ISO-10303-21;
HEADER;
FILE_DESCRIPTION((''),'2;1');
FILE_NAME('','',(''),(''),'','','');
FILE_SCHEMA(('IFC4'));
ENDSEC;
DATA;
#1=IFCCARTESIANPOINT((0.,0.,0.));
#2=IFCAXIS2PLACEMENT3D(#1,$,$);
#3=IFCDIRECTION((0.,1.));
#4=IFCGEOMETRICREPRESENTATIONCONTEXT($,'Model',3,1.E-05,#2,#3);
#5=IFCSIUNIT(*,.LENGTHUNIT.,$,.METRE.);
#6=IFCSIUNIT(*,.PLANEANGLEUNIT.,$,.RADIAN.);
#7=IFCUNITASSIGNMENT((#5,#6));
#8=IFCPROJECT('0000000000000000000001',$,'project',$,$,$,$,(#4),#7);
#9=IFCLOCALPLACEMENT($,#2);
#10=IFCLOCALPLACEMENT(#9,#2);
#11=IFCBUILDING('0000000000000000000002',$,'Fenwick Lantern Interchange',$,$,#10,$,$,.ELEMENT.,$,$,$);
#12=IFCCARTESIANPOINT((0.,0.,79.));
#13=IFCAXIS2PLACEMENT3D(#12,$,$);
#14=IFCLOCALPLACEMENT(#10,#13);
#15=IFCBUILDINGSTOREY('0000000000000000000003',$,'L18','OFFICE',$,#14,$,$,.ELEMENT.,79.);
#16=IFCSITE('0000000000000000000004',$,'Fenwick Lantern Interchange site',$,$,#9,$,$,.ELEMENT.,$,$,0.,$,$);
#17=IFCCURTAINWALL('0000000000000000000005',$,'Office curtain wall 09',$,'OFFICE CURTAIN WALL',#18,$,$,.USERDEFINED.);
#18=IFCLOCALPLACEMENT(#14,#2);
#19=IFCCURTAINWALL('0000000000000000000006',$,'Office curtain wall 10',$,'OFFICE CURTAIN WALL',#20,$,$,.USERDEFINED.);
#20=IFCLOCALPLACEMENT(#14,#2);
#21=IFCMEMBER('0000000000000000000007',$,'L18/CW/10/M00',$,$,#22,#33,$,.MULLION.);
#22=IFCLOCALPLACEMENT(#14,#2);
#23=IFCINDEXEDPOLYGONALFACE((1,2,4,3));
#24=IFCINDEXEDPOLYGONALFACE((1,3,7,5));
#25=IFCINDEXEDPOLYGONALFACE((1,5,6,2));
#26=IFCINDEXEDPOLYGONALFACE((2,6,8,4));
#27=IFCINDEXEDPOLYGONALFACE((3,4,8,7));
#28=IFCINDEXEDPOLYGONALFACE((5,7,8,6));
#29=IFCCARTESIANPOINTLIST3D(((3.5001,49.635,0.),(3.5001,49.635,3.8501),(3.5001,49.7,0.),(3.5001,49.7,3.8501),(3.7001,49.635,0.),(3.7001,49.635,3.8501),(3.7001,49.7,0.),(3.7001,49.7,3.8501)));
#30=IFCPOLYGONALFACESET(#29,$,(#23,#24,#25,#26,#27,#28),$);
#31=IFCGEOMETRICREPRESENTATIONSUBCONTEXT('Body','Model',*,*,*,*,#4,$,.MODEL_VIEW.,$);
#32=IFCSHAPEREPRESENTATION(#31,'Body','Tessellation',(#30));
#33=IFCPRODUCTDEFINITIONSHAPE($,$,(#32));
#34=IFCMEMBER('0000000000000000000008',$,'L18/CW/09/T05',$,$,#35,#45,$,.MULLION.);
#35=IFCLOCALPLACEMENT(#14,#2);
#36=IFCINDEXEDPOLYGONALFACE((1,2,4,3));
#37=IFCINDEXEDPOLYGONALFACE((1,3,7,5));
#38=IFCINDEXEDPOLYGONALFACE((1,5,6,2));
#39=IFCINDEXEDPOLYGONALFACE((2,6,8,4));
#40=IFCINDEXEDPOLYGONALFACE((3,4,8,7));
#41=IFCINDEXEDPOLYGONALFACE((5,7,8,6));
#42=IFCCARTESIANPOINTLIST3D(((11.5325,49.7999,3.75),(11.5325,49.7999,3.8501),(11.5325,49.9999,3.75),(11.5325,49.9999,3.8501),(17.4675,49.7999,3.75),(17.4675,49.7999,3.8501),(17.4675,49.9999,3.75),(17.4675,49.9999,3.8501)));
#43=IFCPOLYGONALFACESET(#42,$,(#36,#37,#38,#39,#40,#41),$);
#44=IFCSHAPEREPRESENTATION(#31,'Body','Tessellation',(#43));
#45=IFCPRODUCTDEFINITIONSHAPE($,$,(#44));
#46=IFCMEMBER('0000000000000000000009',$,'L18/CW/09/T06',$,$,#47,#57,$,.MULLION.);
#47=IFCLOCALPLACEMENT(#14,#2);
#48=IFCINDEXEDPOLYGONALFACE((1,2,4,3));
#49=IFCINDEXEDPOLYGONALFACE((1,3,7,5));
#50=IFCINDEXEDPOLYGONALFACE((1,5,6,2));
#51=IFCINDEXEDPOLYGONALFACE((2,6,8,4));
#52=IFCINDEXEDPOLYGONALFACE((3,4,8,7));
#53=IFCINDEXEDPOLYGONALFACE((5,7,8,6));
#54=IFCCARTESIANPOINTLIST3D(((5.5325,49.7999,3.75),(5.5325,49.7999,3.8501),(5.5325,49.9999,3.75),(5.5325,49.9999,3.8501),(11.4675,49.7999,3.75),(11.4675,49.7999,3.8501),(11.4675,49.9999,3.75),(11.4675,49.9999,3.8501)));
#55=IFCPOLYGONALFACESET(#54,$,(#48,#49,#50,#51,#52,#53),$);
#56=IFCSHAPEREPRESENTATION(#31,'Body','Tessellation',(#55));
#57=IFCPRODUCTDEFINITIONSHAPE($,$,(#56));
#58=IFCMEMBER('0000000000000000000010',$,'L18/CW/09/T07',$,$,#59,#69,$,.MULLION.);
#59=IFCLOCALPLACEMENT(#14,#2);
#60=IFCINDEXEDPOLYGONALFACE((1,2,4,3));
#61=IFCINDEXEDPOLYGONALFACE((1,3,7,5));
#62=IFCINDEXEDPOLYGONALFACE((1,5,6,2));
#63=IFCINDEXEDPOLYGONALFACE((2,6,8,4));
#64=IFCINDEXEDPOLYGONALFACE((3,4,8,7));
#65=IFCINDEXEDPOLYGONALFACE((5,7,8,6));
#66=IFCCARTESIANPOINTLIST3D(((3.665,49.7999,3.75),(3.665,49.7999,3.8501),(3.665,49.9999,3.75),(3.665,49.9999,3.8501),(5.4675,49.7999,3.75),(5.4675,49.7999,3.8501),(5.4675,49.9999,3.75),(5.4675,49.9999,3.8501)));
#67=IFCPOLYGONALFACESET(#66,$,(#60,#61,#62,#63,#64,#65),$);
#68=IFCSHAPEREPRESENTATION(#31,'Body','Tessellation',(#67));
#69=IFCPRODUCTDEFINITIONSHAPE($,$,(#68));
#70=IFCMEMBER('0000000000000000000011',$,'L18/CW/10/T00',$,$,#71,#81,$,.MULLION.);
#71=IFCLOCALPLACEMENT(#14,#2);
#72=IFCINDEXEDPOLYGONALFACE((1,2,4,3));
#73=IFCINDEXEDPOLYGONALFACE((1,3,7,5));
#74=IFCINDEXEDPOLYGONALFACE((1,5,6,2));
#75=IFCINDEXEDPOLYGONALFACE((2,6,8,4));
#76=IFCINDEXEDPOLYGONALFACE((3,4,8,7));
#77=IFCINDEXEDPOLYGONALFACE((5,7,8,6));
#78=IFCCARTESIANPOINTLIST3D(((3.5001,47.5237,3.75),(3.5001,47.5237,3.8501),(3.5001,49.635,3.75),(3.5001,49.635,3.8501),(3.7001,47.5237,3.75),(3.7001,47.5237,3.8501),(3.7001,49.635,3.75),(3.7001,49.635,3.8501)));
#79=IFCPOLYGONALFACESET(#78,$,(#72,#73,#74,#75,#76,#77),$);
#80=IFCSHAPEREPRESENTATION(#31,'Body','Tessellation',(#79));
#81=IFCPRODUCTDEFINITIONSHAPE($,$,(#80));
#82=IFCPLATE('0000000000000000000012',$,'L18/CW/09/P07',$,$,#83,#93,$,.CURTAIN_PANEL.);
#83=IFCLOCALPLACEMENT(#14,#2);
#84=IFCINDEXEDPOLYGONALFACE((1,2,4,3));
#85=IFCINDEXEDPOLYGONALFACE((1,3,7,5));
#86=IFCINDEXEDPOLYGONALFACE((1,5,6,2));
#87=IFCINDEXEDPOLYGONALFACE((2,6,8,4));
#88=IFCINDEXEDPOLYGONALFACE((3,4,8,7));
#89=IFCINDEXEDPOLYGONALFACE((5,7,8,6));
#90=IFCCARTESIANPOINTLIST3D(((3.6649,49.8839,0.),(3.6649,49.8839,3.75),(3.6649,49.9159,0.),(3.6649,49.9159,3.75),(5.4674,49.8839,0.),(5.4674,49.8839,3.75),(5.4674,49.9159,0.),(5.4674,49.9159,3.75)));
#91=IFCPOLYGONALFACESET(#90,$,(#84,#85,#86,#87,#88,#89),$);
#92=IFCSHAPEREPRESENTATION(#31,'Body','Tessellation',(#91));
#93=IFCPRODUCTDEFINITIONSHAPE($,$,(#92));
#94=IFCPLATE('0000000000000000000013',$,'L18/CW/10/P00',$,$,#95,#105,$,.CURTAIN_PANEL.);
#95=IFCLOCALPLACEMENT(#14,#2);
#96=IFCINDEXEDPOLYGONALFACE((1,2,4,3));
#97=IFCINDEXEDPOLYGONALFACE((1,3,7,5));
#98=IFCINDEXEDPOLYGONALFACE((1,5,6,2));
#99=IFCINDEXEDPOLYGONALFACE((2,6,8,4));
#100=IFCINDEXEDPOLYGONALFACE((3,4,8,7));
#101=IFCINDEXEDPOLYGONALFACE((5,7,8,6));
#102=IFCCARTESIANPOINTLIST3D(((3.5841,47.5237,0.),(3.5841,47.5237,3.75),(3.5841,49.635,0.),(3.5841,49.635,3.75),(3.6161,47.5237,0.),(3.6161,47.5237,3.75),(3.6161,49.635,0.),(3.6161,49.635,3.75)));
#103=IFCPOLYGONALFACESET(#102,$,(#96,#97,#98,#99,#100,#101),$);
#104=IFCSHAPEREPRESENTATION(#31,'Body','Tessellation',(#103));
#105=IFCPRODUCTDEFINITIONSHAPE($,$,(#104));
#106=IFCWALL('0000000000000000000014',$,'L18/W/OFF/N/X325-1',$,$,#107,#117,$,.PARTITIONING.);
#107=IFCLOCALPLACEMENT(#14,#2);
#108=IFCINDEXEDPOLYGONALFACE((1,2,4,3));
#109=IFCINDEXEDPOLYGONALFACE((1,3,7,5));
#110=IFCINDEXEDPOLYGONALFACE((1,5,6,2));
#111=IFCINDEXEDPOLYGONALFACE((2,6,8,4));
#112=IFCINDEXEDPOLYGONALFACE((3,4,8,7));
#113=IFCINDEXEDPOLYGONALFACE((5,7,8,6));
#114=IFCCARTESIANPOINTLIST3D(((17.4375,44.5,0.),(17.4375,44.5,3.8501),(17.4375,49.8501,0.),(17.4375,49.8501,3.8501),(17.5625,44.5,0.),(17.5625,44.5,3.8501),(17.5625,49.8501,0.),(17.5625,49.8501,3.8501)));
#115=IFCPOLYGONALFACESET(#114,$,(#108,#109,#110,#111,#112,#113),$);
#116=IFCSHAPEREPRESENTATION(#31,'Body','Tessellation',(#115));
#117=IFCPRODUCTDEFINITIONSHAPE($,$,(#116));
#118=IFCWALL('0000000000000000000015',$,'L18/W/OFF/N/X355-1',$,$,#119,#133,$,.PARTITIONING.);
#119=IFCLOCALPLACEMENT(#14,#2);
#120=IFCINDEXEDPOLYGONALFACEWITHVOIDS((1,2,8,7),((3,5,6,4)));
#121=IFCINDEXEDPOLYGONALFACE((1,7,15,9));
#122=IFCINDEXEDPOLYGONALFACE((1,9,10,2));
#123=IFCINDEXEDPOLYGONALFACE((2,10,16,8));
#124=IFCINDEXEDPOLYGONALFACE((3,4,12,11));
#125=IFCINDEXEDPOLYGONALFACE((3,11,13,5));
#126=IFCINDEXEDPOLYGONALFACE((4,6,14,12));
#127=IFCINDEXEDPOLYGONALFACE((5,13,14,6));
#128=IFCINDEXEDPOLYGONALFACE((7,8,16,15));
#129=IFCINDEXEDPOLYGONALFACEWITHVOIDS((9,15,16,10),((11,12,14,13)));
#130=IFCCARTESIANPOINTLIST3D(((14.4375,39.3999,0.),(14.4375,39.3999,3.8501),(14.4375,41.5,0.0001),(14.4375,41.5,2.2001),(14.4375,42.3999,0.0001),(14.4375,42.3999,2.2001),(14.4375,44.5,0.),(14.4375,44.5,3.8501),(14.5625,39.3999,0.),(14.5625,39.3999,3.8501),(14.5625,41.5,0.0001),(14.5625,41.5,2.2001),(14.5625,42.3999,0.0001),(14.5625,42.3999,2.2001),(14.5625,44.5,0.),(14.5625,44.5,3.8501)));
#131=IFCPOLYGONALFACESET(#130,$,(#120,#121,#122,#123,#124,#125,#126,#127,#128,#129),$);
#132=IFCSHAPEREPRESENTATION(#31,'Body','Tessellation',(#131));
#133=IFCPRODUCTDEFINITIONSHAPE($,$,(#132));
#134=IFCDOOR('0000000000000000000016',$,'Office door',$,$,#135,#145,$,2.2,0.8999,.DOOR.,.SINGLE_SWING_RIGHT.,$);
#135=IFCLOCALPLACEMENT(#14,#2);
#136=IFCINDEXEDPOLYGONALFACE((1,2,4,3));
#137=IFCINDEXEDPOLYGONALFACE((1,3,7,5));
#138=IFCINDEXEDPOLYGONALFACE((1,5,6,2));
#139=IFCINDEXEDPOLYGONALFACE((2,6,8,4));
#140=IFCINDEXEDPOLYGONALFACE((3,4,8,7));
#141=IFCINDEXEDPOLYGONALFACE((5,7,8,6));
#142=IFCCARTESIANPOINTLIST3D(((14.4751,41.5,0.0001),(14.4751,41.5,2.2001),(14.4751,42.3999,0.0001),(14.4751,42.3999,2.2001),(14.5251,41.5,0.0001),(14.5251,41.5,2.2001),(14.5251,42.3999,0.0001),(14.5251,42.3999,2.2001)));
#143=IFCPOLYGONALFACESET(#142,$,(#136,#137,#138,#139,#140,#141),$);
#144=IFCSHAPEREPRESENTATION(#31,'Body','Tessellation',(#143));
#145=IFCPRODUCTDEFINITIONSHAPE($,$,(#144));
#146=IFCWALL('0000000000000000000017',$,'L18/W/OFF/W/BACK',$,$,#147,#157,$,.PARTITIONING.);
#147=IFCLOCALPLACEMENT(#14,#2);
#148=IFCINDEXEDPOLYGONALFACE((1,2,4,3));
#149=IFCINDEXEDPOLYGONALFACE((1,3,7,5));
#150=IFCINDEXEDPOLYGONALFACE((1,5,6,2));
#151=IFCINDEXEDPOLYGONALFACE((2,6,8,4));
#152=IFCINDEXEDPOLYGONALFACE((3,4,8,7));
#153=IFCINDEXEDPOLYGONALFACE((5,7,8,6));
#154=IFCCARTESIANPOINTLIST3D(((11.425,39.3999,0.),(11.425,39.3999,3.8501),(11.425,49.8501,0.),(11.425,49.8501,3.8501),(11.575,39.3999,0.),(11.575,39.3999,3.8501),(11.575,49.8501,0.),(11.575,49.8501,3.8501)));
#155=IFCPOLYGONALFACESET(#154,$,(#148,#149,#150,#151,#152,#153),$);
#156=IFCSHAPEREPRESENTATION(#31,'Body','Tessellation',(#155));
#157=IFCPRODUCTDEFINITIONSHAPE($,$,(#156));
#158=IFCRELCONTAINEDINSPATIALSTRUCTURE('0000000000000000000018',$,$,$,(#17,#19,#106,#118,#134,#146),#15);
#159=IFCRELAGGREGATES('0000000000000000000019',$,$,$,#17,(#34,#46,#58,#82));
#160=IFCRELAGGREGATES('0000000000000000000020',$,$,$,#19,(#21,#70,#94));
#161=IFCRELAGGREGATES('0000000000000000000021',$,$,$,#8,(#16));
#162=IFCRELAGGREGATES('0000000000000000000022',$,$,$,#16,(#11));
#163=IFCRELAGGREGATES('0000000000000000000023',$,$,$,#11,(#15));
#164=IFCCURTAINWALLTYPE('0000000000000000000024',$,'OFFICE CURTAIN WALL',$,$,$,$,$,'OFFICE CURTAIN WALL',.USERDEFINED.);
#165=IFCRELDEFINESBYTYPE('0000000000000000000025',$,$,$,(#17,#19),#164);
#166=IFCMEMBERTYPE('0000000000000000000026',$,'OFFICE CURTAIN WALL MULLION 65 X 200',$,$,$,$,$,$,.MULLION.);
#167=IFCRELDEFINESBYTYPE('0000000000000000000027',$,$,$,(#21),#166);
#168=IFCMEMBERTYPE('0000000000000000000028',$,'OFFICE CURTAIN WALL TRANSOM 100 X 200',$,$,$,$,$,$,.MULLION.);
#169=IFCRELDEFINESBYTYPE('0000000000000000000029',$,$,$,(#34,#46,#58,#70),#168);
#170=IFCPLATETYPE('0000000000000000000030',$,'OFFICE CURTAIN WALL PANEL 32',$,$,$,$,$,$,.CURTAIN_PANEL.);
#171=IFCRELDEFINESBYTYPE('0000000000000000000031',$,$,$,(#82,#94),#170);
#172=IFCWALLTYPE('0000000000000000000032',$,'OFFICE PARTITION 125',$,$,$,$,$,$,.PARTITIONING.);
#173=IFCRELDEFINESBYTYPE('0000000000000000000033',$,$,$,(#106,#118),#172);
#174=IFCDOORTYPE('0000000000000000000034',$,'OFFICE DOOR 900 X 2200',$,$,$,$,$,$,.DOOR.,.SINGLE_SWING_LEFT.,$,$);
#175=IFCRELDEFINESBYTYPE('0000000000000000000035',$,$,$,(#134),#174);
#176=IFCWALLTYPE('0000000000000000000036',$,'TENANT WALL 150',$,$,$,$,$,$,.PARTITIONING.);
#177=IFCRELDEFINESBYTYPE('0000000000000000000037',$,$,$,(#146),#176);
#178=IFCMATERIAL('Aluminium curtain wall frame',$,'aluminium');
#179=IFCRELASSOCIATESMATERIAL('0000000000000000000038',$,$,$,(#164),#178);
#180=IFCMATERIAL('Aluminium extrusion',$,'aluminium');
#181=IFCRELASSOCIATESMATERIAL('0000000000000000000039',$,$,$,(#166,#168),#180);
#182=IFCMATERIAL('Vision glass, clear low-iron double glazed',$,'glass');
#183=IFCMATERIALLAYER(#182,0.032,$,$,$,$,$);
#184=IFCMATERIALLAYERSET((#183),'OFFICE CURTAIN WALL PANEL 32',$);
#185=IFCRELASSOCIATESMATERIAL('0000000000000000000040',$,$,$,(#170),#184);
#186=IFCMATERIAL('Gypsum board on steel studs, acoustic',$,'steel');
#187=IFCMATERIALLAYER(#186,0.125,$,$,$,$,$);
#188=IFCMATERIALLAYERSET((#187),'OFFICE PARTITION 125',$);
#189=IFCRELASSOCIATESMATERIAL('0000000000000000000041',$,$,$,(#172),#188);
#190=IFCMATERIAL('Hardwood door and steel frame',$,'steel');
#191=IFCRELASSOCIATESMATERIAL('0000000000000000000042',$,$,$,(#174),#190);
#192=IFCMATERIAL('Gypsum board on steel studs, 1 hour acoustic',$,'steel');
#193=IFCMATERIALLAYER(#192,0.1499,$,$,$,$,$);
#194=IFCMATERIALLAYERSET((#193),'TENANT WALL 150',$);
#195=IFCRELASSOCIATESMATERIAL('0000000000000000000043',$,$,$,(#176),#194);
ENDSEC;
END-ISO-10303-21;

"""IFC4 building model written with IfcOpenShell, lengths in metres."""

from ifc_helpers import new_model, si_unit, direction, frame, frame_2d, origin, origin_2d, place, context, subcontext, project, spatial, rectangle, extrude, material, layer, layer_set, material_profile, profile_set, type_object, element, fill, aggregate, save


model = new_model("IFC4")

# Units and contexts
model_context = context("Model", 3, precision=1e-05, world=origin(), true_north=direction((0.0, 1.0)))
body_context = subcontext(model_context, "Body", "Model", "MODEL_VIEW")
ifc_project = project(units=[si_unit("LENGTHUNIT", "METRE"), si_unit("PLANEANGLEUNIT", "RADIAN")], contexts=[model_context])

# Site, building, storey
site_placement = place(None, origin())
site = spatial("IfcSite", under=ifc_project, at=site_placement, Name="Fenwick Lantern Interchange site", CompositionType="ELEMENT", RefElevation=0.0)
building_placement = place(site_placement, origin())
building = spatial("IfcBuilding", under=site, at=building_placement, Name="Fenwick Lantern Interchange", CompositionType="ELEMENT")
storey_placement = place(building_placement, frame((0.0, 0.0, 79.0)))
storey = spatial("IfcBuildingStorey", under=building, at=storey_placement, Name="L18", Description="OFFICE", CompositionType="ELEMENT", Elevation=79.0)

# Curtain wall
ifc_material_1 = material(Name="Aluminium curtain wall frame", Category="aluminium")
curtain_wall_type = type_object("IfcCurtainWallType", Name="OFFICE CURTAIN WALL", ElementType="OFFICE CURTAIN WALL", PredefinedType="USERDEFINED", material=ifc_material_1)
curtain_wall_1_placement = place(storey_placement, origin())
curtain_wall_1 = element("IfcCurtainWall", 1, at=curtain_wall_1_placement, inside=storey, type_object=curtain_wall_type, Name="Office curtain wall 09", ObjectType="OFFICE CURTAIN WALL", PredefinedType="USERDEFINED")
ifc_material_2 = material(Name="Aluminium extrusion", Category="aluminium")
ifc_material_profile_1 = material_profile(ifc_material_2, rectangle(XDim=0.2, YDim=0.0649, at=origin_2d()), Name="OFFICE CURTAIN WALL MULLION 65 X 200")
ifc_profile_set_1 = profile_set([ifc_material_profile_1], Name="Aluminium extrusion")
member_type_1 = type_object("IfcMemberType", Name="OFFICE CURTAIN WALL MULLION 65 X 200", PredefinedType="MULLION", material=ifc_profile_set_1)

# Curtain wall, member
curtain_wall_2_placement = place(storey_placement, origin())
curtain_wall_2 = element("IfcCurtainWall", 2, at=curtain_wall_2_placement, inside=storey, type_object=curtain_wall_type, Name="Office curtain wall 10", ObjectType="OFFICE CURTAIN WALL", PredefinedType="USERDEFINED")
member_1_placement = place(storey_placement, frame((3.6001, 49.6675, 0.0), z_axis=(0.0, 0.0, 1.0), x_axis=(1.0, 0.0, 0.0)))
member_1 = element("IfcMember", 3, at=member_1_placement, type_object=member_type_1, Name="L18/CW/10/M00", PredefinedType="MULLION", context=body_context, shape_type="SweptSolid", body=[
    extrude(rectangle(XDim=0.2, YDim=0.0649, at=origin_2d()), origin(), (0.0, 0.0, 1.0), 3.8501),
])

# Members
ifc_material_profile_2 = material_profile(ifc_material_2, rectangle(XDim=0.2, YDim=0.1001, at=origin_2d()), Name="OFFICE CURTAIN WALL TRANSOM 100 X 200")
ifc_profile_set_2 = profile_set([ifc_material_profile_2], Name="Aluminium extrusion")
member_type_2 = type_object("IfcMemberType", Name="OFFICE CURTAIN WALL TRANSOM 100 X 200", PredefinedType="MULLION", material=ifc_profile_set_2)
member_2_placement = place(storey_placement, frame((17.4675, 49.8999, 3.8), z_axis=(-1.0, 0.0, 0.0), x_axis=(0.0, -1.0, 0.0)))
member_2 = element("IfcMember", 4, at=member_2_placement, type_object=member_type_2, Name="L18/CW/09/T05", PredefinedType="MULLION", context=body_context, shape_type="SweptSolid", body=[
    extrude(rectangle(XDim=0.2, YDim=0.1001, at=origin_2d()), origin(), (0.0, 0.0, 1.0), 5.9351),
])
member_3_placement = place(storey_placement, frame((11.4675, 49.8999, 3.8), z_axis=(-1.0, 0.0, 0.0), x_axis=(0.0, -1.0, 0.0)))
member_3 = element("IfcMember", 5, at=member_3_placement, type_object=member_type_2, Name="L18/CW/09/T06", PredefinedType="MULLION", context=body_context, shape_type="SweptSolid", body=[
    extrude(rectangle(XDim=0.2, YDim=0.1001, at=origin_2d()), origin(), (0.0, 0.0, 1.0), 5.9351),
])
member_4_placement = place(storey_placement, frame((5.4675, 49.8999, 3.8), z_axis=(-1.0, 0.0, 0.0), x_axis=(0.0, -1.0, 0.0)))
member_4 = element("IfcMember", 6, at=member_4_placement, type_object=member_type_2, Name="L18/CW/09/T07", PredefinedType="MULLION", context=body_context, shape_type="SweptSolid", body=[
    extrude(rectangle(XDim=0.2, YDim=0.1001, at=origin_2d()), origin(), (0.0, 0.0, 1.0), 1.8025),
])
member_5_placement = place(storey_placement, frame((3.6001, 49.635, 3.8), z_axis=(0.0, -1.0, 0.0), x_axis=(1.0, 0.0, 0.0)))
member_5 = element("IfcMember", 7, at=member_5_placement, type_object=member_type_2, Name="L18/CW/10/T00", PredefinedType="MULLION", context=body_context, shape_type="SweptSolid", body=[
    extrude(rectangle(XDim=0.2, YDim=0.1001, at=origin_2d()), origin(), (0.0, 0.0, 1.0), 2.1113),
])

# Plates
ifc_material_3 = material(Name="Vision glass, clear low-iron double glazed", Category="glass")
ifc_layer_1 = layer(ifc_material_3, 0.032)
ifc_layer_set_1 = layer_set([ifc_layer_1], Name="OFFICE CURTAIN WALL PANEL 32")
plate_type = type_object("IfcPlateType", Name="OFFICE CURTAIN WALL PANEL 32", PredefinedType="CURTAIN_PANEL", material=ifc_layer_set_1)
plate_1_placement = place(storey_placement, frame((4.5662, 49.8999, 0.0), z_axis=(0.0, 0.0, 1.0), x_axis=(-1.0, 0.0, 0.0)))
plate_1 = element("IfcPlate", 8, at=plate_1_placement, type_object=plate_type, Name="L18/CW/09/P07", PredefinedType="CURTAIN_PANEL", context=body_context, shape_type="SweptSolid", body=[
    extrude(rectangle(XDim=1.8025, YDim=0.032, at=origin_2d()), origin(), (0.0, 0.0, 1.0), 3.75),
])
aggregate(curtain_wall_1, [member_2, member_3, member_4, plate_1])
plate_2_placement = place(storey_placement, frame((3.6001, 48.5793, 0.0), z_axis=(0.0, 0.0, 1.0), x_axis=(0.0, -1.0, 0.0)))
plate_2 = element("IfcPlate", 9, at=plate_2_placement, type_object=plate_type, Name="L18/CW/10/P00", PredefinedType="CURTAIN_PANEL", context=body_context, shape_type="SweptSolid", body=[
    extrude(rectangle(XDim=2.1113, YDim=0.032, at=origin_2d()), origin(), (0.0, 0.0, 1.0), 3.75),
])
aggregate(curtain_wall_2, [member_1, member_5, plate_2])

# Wall
ifc_material_4 = material(Name="Gypsum board on steel studs, acoustic", Category="steel")
ifc_layer_2 = layer(ifc_material_4, 0.125)
ifc_layer_set_2 = layer_set([ifc_layer_2], Name="OFFICE PARTITION 125")
wall_type_1 = type_object("IfcWallType", Name="OFFICE PARTITION 125", PredefinedType="PARTITIONING", material=ifc_layer_set_2)
wall_1_placement = place(storey_placement, frame((17.5, 49.8501, 0.0), z_axis=(0.0, 0.0, 1.0), x_axis=(0.0, -1.0, 0.0)))
element("IfcWall", 10, at=wall_1_placement, inside=storey, type_object=wall_type_1, Name="L18/W/OFF/N/X325-1", PredefinedType="PARTITIONING", context=body_context, shape_type="SweptSolid", body=[
    extrude(rectangle(XDim=5.3501, YDim=0.125, at=frame_2d((2.675, 0.0))), origin(), (0.0, 0.0, 1.0), 3.8501),
])

# Wall, opening, door
wall_2_placement = place(storey_placement, frame((14.5, 44.5, 0.0), z_axis=(0.0, 0.0, 1.0), x_axis=(0.0, -1.0, 0.0)))
wall_2 = element("IfcWall", 11, at=wall_2_placement, inside=storey, type_object=wall_type_1, Name="L18/W/OFF/N/X355-1", PredefinedType="PARTITIONING", context=body_context, shape_type="SweptSolid", body=[
    extrude(rectangle(XDim=5.1001, YDim=0.125, at=frame_2d((2.55, 0.0))), origin(), (0.0, 0.0, 1.0), 3.8501),
])
opening_placement = place(wall_2_placement, frame((2.1001, 0.0, 0.0)))
opening = element("IfcOpeningElement", 12, at=opening_placement, cuts=wall_2, PredefinedType="OPENING", context=body_context, shape_type="SweptSolid", body=[
    extrude(rectangle(XDim=0.8999, YDim=2.2, at=frame_2d((0.45, 1.1001))), frame((0.0, 0.0725, 0.0), z_axis=(0.0, -1.0, 0.0), x_axis=(1.0, 0.0, 0.0)), (0.0, 0.0, 1.0), 0.145),
])
ifc_material_5 = material(Name="Hardwood door and steel frame", Category="steel")
door_type = type_object("IfcDoorType", Name="OFFICE DOOR 900 X 2200", OperationType="SINGLE_SWING_LEFT", PredefinedType="DOOR", material=ifc_material_5)
door_placement = place(opening_placement, frame((0.8999, 0.0, 0.0), z_axis=(0.0, 0.0, 1.0), x_axis=(-1.0, 0.0, 0.0)))
door = element("IfcDoor", 13, at=door_placement, inside=storey, type_object=door_type, Name="Office door", OperationType="SINGLE_SWING_RIGHT", OverallHeight=2.2, OverallWidth=0.8999, PredefinedType="DOOR", context=body_context, shape_type="SweptSolid", body=[
    extrude(rectangle(XDim=0.8999, YDim=2.2, at=frame_2d((0.45, 1.1001))), frame((0.0, 0.0249, 0.0), z_axis=(0.0, -1.0, 0.0), x_axis=(1.0, 0.0, 0.0)), (0.0, 0.0, 1.0), 0.05),
])
fill(opening, door)

# Wall
ifc_material_6 = material(Name="Gypsum board on steel studs, 1 hour acoustic", Category="steel")
ifc_layer_3 = layer(ifc_material_6, 0.1499)
ifc_layer_set_3 = layer_set([ifc_layer_3], Name="TENANT WALL 150")
wall_type_2 = type_object("IfcWallType", Name="TENANT WALL 150", PredefinedType="PARTITIONING", material=ifc_layer_set_3)
wall_3_placement = place(storey_placement, frame((11.5, 49.8501, 0.0), z_axis=(0.0, 0.0, 1.0), x_axis=(0.0, -1.0, 0.0)))
element("IfcWall", 14, at=wall_3_placement, inside=storey, type_object=wall_type_2, Name="L18/W/OFF/W/BACK", PredefinedType="PARTITIONING", context=body_context, shape_type="SweptSolid", body=[
    extrude(rectangle(XDim=10.4502, YDim=0.1499, at=frame_2d((5.2251, 0.0))), origin(), (0.0, 0.0, 1.0), 3.8501),
])

save(model, "model.ifc")
